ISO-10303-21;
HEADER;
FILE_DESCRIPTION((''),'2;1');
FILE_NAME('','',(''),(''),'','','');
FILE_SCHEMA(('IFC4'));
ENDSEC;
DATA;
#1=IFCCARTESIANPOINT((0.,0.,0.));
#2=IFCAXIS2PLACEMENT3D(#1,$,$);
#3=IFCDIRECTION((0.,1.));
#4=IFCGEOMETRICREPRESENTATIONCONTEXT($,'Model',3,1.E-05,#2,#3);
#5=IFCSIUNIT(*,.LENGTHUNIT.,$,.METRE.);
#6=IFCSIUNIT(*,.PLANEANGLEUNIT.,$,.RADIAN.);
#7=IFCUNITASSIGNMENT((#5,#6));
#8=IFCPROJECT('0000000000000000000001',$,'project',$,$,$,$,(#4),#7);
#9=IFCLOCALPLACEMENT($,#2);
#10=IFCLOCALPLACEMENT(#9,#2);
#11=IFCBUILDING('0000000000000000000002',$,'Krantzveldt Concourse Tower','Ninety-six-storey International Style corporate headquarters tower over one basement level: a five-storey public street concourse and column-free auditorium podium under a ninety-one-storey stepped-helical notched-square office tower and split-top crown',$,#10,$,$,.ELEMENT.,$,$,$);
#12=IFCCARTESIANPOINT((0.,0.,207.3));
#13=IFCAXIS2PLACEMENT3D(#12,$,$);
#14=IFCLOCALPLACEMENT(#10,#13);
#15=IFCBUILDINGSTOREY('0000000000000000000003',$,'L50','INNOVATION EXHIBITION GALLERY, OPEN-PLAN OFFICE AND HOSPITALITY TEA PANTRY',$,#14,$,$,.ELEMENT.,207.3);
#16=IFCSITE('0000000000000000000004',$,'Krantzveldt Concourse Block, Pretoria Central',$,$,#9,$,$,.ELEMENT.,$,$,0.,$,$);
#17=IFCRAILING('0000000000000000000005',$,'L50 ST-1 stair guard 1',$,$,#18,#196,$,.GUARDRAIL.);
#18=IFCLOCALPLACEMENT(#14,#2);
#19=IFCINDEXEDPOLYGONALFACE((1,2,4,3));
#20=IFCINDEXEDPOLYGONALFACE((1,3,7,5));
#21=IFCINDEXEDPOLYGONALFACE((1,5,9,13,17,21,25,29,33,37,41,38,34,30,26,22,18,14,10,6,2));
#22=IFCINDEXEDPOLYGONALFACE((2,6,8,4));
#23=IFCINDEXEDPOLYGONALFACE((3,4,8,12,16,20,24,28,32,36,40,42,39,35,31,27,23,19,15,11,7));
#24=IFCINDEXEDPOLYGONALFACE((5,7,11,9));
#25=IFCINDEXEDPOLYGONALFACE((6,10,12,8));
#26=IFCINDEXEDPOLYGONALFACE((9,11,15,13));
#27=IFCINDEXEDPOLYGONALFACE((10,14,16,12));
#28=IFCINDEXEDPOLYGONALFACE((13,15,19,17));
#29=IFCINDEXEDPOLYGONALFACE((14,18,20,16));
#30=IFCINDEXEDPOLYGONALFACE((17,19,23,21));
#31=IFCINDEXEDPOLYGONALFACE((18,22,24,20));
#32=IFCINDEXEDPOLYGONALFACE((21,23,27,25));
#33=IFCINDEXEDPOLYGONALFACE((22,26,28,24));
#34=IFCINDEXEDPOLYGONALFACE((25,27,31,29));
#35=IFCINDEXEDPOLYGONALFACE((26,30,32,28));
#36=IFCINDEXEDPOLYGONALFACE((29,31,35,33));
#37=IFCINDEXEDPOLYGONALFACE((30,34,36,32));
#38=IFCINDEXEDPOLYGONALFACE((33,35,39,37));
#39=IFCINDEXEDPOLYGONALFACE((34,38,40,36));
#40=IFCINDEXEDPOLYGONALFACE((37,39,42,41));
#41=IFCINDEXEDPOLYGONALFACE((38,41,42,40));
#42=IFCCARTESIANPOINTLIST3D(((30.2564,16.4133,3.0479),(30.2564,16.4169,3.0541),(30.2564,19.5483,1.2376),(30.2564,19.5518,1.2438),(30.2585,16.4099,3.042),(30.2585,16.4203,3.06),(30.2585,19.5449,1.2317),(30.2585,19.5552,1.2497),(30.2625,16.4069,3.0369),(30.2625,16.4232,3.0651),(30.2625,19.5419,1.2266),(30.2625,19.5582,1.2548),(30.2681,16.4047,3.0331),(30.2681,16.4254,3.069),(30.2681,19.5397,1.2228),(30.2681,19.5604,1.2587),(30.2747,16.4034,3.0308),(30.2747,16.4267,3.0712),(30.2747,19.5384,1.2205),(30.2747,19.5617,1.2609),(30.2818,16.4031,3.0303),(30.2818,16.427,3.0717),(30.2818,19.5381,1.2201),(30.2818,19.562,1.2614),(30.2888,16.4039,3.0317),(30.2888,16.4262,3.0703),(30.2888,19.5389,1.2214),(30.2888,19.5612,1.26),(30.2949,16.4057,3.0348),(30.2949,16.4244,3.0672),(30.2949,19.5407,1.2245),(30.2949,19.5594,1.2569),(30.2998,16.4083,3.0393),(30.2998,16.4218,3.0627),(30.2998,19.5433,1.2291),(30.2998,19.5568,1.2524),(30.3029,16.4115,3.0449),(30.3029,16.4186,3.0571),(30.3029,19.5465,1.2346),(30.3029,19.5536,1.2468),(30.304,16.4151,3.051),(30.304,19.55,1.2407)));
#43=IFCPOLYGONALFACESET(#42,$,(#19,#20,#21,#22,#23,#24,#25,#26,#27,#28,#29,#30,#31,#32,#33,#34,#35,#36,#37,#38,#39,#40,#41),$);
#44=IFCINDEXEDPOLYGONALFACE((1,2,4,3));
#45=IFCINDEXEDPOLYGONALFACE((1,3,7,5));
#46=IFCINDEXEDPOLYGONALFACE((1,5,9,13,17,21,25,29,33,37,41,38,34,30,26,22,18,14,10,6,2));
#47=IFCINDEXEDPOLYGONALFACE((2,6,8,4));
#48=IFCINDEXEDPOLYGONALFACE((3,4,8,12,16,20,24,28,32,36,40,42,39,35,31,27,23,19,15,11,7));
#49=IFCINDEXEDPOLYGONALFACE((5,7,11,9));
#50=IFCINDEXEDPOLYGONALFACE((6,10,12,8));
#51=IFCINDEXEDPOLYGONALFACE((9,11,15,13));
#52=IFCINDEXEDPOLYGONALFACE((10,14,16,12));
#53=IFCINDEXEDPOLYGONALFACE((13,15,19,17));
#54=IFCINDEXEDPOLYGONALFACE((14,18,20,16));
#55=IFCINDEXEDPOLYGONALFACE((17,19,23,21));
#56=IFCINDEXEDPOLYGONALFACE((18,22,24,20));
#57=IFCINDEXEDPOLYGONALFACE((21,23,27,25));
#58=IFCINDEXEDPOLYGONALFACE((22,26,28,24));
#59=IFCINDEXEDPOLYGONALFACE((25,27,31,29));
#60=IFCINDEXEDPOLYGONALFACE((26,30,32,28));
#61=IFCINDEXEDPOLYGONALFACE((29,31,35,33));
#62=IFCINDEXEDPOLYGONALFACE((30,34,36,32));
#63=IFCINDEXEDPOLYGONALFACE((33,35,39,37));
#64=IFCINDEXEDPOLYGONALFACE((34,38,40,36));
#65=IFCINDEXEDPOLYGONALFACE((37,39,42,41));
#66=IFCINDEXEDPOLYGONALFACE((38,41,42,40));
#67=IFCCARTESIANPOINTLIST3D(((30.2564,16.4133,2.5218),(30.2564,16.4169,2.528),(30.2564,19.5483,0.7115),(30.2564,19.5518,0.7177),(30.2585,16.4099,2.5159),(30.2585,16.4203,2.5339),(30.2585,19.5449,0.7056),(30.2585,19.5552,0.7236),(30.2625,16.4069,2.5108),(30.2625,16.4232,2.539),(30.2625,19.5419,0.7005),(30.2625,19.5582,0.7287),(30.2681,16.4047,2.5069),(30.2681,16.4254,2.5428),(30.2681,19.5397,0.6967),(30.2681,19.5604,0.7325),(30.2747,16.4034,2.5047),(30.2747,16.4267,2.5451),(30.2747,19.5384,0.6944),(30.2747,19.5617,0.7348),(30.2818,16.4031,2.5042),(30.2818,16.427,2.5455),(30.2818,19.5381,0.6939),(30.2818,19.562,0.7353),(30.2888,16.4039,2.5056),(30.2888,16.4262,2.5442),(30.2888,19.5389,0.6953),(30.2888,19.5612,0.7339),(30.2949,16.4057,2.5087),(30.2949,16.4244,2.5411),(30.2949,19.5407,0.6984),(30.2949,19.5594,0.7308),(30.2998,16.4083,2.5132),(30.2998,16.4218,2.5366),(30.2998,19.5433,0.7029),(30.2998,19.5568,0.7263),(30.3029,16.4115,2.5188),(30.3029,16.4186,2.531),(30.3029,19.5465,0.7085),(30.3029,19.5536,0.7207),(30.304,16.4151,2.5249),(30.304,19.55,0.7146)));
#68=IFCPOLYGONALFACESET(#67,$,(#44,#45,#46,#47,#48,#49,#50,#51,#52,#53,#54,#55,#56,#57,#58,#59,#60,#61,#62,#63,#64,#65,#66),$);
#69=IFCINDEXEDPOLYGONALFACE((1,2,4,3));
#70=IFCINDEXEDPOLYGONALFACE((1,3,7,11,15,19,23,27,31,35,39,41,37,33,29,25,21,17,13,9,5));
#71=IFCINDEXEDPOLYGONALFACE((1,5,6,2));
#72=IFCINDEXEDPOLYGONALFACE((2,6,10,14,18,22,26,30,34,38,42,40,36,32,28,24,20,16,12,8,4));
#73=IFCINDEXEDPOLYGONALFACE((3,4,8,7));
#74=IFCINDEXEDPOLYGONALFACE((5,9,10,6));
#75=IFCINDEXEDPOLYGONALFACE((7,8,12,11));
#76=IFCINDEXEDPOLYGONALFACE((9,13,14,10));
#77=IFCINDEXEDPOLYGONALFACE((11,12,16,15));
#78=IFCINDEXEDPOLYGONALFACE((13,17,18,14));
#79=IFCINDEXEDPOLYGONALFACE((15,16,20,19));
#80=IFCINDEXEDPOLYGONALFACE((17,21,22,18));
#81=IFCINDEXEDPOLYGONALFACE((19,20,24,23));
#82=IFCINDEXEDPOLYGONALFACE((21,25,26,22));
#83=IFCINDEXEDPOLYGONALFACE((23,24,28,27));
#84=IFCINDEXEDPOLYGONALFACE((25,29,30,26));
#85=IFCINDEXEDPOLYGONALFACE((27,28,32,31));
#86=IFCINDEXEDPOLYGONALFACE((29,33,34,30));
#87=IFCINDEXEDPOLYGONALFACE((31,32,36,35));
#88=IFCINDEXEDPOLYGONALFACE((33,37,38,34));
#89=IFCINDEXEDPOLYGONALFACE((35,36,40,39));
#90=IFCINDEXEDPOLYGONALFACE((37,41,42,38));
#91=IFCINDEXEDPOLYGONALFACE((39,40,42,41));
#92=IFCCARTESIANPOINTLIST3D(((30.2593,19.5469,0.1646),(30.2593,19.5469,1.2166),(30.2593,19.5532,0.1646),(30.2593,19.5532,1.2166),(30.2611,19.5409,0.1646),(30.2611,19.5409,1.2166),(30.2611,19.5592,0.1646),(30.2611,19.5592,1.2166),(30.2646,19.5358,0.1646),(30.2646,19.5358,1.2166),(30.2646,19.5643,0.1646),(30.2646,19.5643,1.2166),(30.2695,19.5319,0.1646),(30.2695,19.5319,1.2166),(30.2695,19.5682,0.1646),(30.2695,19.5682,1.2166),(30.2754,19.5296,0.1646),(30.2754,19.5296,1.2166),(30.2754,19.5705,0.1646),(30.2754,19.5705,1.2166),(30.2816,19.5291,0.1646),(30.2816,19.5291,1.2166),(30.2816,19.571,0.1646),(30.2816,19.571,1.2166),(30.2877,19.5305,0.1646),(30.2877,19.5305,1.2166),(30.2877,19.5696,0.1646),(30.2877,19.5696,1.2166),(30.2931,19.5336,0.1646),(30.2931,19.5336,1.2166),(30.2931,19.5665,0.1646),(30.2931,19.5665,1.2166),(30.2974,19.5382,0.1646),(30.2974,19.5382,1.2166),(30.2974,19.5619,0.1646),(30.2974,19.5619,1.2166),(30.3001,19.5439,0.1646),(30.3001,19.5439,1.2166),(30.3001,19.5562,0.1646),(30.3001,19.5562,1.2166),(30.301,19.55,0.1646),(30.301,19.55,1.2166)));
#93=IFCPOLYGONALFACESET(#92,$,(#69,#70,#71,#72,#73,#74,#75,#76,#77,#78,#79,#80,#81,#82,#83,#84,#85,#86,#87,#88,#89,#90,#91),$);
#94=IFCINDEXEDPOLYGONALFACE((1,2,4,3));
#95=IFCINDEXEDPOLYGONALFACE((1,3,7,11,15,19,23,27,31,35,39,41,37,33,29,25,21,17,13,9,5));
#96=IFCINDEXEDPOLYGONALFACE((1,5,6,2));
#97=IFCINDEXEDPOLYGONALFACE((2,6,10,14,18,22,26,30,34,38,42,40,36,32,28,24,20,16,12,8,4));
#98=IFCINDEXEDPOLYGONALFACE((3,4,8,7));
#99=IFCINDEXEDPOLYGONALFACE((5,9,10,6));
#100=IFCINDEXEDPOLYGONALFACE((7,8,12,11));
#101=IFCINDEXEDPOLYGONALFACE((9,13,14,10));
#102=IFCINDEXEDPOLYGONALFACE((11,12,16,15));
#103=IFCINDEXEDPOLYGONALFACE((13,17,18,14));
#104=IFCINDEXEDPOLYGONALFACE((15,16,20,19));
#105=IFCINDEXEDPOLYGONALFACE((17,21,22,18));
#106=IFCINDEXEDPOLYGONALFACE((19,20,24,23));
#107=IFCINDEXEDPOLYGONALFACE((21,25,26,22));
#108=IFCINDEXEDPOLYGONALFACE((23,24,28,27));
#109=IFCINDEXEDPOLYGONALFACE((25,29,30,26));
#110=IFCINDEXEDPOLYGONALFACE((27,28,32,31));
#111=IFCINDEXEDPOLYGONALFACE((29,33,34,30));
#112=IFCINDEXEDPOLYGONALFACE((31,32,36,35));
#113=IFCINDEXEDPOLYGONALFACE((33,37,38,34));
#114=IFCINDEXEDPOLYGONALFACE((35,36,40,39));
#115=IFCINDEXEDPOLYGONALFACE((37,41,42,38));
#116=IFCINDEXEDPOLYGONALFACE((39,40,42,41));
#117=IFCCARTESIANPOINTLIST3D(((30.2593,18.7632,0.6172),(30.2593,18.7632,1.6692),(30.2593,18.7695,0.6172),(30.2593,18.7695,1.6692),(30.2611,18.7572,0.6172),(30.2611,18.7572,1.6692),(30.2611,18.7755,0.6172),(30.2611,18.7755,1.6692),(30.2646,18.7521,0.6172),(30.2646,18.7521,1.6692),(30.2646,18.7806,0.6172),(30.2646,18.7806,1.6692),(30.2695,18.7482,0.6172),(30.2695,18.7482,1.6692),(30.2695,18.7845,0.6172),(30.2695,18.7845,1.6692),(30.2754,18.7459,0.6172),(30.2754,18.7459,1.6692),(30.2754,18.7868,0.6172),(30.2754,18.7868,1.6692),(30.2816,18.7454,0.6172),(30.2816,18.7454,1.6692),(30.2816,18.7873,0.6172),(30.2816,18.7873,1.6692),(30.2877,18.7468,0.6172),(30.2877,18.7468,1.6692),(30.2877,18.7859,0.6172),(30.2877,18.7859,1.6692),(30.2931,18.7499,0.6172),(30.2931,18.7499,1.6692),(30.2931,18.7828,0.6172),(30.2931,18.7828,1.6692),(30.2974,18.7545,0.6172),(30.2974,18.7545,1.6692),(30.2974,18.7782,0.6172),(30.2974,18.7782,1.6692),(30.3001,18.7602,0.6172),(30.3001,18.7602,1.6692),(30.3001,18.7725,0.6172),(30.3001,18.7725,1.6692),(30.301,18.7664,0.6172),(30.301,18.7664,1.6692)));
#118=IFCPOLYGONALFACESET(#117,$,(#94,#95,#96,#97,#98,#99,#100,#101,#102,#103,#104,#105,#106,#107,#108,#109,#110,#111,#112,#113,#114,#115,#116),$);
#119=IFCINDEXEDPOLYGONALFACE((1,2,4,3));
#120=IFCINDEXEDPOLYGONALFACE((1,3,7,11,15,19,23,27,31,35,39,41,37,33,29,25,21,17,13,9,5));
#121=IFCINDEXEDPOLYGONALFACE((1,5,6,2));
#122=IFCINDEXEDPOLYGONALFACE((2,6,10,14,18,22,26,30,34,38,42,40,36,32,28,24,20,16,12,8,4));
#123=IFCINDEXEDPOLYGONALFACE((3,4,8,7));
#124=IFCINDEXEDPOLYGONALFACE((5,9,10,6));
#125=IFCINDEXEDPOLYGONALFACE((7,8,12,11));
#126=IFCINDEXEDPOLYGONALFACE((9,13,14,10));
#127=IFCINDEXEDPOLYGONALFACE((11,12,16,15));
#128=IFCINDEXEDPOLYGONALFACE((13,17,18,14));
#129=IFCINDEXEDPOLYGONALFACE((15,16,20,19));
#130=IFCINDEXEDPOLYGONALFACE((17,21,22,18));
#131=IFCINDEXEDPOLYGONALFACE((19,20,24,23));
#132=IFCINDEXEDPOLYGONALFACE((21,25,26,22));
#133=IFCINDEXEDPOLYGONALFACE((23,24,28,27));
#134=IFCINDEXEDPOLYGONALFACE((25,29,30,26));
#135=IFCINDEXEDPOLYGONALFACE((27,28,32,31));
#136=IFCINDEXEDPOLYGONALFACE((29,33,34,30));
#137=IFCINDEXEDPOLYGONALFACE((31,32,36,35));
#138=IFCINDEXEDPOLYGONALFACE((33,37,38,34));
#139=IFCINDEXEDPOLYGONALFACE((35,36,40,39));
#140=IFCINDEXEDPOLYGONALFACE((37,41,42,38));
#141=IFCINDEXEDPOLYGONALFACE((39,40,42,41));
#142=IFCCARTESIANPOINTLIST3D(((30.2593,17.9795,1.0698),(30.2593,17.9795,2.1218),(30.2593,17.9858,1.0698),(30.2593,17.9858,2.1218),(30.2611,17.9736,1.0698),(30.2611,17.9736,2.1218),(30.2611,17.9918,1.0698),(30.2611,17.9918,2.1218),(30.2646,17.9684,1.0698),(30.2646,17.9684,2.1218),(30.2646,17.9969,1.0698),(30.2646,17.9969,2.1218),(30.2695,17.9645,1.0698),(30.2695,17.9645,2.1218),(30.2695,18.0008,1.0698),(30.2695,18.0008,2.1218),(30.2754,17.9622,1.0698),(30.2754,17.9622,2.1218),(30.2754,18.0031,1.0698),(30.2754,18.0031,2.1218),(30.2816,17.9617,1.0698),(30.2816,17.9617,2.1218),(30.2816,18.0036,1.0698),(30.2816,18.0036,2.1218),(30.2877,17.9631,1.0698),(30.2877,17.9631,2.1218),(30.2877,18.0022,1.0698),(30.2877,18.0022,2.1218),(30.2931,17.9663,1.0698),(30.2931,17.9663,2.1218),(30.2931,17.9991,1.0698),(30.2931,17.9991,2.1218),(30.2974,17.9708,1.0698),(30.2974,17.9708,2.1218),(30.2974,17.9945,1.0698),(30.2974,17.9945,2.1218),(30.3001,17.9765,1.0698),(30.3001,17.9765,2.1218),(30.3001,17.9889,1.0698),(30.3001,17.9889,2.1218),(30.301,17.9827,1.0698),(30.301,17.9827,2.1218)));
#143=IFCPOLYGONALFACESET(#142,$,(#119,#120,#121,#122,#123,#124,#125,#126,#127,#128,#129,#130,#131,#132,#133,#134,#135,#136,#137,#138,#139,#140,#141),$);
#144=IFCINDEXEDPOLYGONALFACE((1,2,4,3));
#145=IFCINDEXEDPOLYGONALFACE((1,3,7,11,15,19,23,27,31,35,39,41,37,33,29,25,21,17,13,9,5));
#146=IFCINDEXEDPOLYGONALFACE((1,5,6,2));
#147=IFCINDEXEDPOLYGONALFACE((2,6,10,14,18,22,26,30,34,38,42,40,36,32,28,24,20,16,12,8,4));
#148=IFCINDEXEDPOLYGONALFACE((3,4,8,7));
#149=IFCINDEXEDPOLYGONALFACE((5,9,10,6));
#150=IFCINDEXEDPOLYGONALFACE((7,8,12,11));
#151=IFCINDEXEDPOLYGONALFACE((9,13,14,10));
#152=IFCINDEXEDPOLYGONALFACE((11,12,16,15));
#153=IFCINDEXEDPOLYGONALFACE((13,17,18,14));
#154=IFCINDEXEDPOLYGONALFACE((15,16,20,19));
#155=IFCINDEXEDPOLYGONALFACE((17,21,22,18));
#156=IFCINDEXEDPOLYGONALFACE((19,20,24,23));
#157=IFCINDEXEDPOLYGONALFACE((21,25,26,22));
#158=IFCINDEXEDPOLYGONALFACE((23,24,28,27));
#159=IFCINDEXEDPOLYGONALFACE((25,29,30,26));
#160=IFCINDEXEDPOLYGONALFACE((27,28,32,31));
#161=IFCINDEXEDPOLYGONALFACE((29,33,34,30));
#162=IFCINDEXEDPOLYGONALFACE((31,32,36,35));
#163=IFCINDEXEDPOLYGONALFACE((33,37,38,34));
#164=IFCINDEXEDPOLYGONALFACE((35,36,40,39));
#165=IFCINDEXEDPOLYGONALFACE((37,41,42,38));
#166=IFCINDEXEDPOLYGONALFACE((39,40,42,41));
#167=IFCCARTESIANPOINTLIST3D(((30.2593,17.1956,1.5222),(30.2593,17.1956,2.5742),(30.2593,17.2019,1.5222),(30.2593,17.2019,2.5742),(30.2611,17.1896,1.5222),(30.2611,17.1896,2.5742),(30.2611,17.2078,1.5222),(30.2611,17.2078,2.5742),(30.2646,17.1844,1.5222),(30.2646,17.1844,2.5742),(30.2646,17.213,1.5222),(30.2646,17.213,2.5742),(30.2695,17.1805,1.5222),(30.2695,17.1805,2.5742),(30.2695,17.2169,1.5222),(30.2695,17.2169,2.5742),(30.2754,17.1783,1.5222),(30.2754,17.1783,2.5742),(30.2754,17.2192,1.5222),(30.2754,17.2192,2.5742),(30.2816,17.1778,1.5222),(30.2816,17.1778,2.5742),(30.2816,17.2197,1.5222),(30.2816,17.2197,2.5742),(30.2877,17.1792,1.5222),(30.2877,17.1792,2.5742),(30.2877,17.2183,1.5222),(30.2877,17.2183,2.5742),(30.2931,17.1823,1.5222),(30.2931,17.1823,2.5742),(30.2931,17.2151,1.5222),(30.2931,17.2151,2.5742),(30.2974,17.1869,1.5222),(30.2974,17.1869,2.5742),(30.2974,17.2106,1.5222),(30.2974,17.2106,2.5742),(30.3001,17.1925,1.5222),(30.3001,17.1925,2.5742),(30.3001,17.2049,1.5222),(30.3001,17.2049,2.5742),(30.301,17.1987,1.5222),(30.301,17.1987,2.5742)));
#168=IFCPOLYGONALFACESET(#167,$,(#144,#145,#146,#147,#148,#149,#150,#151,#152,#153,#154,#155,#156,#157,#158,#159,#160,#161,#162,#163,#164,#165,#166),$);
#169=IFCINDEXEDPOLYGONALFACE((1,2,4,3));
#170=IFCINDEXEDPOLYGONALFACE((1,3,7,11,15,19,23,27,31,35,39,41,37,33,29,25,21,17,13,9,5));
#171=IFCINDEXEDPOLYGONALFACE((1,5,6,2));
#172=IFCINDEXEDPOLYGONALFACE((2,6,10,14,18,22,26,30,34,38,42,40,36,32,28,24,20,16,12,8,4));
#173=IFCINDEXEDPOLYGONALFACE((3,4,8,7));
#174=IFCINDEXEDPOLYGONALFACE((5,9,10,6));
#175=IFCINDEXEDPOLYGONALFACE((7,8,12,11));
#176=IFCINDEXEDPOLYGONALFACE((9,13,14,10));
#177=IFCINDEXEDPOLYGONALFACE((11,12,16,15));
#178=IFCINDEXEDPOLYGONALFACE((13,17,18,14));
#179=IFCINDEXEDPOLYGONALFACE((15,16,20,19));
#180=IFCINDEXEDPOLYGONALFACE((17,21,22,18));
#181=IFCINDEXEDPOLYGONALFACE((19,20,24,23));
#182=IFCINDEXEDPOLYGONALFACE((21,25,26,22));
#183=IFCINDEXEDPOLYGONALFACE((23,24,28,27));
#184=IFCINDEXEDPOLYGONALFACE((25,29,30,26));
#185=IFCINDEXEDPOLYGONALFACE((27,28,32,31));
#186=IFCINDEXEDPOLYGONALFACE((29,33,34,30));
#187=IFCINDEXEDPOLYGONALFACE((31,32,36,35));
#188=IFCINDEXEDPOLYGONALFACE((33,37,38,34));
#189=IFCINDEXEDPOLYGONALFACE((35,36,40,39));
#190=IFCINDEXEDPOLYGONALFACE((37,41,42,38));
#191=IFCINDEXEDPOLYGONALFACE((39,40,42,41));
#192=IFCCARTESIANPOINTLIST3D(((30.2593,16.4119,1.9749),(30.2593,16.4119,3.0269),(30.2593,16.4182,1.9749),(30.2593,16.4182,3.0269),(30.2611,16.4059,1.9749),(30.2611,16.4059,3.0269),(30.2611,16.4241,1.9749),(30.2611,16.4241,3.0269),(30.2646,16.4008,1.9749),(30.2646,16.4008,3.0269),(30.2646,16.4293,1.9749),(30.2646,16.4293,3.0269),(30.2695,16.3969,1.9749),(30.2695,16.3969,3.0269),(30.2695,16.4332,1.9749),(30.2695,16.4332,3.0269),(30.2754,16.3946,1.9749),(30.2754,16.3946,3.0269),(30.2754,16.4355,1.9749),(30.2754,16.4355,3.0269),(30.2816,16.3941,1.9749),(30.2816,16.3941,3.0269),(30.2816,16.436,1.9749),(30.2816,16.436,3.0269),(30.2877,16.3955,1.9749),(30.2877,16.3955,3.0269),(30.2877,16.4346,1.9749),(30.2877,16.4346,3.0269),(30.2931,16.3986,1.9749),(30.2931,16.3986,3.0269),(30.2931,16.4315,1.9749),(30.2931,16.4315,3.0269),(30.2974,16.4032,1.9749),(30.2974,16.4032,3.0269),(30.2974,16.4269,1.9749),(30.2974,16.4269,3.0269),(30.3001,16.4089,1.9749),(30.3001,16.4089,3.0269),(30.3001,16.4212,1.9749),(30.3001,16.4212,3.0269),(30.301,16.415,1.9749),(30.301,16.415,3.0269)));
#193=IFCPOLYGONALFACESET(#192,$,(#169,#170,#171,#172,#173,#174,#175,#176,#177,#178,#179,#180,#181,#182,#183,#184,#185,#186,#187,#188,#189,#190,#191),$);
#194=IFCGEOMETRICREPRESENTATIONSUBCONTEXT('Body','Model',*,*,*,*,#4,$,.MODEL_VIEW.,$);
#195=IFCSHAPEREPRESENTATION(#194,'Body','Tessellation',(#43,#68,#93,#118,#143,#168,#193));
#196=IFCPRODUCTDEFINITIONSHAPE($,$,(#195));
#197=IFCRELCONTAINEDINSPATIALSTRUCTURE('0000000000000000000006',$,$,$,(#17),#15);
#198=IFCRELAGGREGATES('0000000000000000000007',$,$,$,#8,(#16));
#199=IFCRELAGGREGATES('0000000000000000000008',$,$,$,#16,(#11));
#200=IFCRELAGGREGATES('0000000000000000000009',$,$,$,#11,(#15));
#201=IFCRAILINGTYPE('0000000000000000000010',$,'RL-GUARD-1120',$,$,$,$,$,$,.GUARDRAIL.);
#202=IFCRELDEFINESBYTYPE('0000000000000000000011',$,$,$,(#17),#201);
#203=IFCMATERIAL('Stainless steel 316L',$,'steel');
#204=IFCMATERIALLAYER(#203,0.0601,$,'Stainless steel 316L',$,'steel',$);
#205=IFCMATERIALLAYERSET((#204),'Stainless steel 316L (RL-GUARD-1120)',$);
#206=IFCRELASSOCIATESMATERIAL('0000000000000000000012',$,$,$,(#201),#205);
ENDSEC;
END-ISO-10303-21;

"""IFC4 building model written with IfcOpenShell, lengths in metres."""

from ifc_helpers import new_model, si_unit, direction, frame, origin, origin_2d, place, context, subcontext, project, spatial, circle, extrude, material, layer, layer_set, type_object, element, save


model = new_model("IFC4")

# Units and contexts
model_context = context("Model", 3, precision=1e-05, world=origin(), true_north=direction((0.0, 1.0)))
body_context = subcontext(model_context, "Body", "Model", "MODEL_VIEW")
ifc_project = project(units=[si_unit("LENGTHUNIT", "METRE"), si_unit("PLANEANGLEUNIT", "RADIAN")], contexts=[model_context])

# Site, building, storey
site_placement = place(None, origin())
site = spatial("IfcSite", under=ifc_project, at=site_placement, Name="Krantzveldt Concourse Block, Pretoria Central", CompositionType="ELEMENT", RefElevation=0.0)
building_placement = place(site_placement, origin())
building = spatial("IfcBuilding", under=site, at=building_placement, Name="Krantzveldt Concourse Tower", Description="Ninety-six-storey International Style corporate headquarters tower over one basement level: a five-storey public street concourse and column-free auditorium podium under a ninety-one-storey stepped-helical notched-square office tower and split-top crown", CompositionType="ELEMENT")
storey_placement = place(building_placement, frame((0.0, 0.0, 207.3)))
storey = spatial("IfcBuildingStorey", under=building, at=storey_placement, Name="L50", Description="INNOVATION EXHIBITION GALLERY, OPEN-PLAN OFFICE AND HOSPITALITY TEA PANTRY", CompositionType="ELEMENT", Elevation=207.3)

# Shared definitions
ifc_material_1 = material(Name="Stainless steel 316L", Category="steel")

# Railing
ifc_layer_1 = layer(ifc_material_1, 0.0601, Name="Stainless steel 316L", Category="steel")
ifc_layer_set_1 = layer_set([ifc_layer_1], Name="Stainless steel 316L (RL-GUARD-1120)")
railing_type_1 = type_object("IfcRailingType", Name="RL-GUARD-1120", PredefinedType="GUARDRAIL", material=ifc_layer_set_1)
railing_1_placement = place(storey_placement, frame((30.28, 19.55, 0.1646)))
element("IfcRailing", 1, at=railing_1_placement, inside=storey, type_object=railing_type_1, Name="L50 ST-1 stair guard 1", PredefinedType="GUARDRAIL", context=body_context, shape_type="SweptSolid", body=[
    extrude(circle(Radius=0.0239, at=origin_2d()), frame((0.0, 0.0, 1.0762), z_axis=(0.0, -0.865989, 0.500063), x_axis=(1.0, 0.0, 0.0)), (0.0, 0.0, 1.0), 3.6201),
    extrude(circle(Radius=0.0239, at=origin_2d()), frame((0.0, 0.0, 0.55), z_axis=(0.0, -0.865989, 0.500063), x_axis=(1.0, 0.0, 0.0)), (0.0, 0.0, 1.0), 3.6201),
    extrude(circle(Radius=0.021, at=origin_2d()), origin(), (0.0, 0.0, 1.0), 1.052),
    extrude(circle(Radius=0.021, at=origin_2d()), frame((0.0, -0.7837, 0.4526)), (0.0, 0.0, 1.0), 1.052),
    extrude(circle(Radius=0.021, at=origin_2d()), frame((0.0, -1.5674, 0.9053)), (0.0, 0.0, 1.0), 1.052),
    extrude(circle(Radius=0.021, at=origin_2d()), frame((0.0, -2.3513, 1.3577)), (0.0, 0.0, 1.0), 1.052),
    extrude(circle(Radius=0.021, at=origin_2d()), frame((0.0, -3.135, 1.8103)), (0.0, 0.0, 1.0), 1.052),
])

save(model, "model.ifc")
